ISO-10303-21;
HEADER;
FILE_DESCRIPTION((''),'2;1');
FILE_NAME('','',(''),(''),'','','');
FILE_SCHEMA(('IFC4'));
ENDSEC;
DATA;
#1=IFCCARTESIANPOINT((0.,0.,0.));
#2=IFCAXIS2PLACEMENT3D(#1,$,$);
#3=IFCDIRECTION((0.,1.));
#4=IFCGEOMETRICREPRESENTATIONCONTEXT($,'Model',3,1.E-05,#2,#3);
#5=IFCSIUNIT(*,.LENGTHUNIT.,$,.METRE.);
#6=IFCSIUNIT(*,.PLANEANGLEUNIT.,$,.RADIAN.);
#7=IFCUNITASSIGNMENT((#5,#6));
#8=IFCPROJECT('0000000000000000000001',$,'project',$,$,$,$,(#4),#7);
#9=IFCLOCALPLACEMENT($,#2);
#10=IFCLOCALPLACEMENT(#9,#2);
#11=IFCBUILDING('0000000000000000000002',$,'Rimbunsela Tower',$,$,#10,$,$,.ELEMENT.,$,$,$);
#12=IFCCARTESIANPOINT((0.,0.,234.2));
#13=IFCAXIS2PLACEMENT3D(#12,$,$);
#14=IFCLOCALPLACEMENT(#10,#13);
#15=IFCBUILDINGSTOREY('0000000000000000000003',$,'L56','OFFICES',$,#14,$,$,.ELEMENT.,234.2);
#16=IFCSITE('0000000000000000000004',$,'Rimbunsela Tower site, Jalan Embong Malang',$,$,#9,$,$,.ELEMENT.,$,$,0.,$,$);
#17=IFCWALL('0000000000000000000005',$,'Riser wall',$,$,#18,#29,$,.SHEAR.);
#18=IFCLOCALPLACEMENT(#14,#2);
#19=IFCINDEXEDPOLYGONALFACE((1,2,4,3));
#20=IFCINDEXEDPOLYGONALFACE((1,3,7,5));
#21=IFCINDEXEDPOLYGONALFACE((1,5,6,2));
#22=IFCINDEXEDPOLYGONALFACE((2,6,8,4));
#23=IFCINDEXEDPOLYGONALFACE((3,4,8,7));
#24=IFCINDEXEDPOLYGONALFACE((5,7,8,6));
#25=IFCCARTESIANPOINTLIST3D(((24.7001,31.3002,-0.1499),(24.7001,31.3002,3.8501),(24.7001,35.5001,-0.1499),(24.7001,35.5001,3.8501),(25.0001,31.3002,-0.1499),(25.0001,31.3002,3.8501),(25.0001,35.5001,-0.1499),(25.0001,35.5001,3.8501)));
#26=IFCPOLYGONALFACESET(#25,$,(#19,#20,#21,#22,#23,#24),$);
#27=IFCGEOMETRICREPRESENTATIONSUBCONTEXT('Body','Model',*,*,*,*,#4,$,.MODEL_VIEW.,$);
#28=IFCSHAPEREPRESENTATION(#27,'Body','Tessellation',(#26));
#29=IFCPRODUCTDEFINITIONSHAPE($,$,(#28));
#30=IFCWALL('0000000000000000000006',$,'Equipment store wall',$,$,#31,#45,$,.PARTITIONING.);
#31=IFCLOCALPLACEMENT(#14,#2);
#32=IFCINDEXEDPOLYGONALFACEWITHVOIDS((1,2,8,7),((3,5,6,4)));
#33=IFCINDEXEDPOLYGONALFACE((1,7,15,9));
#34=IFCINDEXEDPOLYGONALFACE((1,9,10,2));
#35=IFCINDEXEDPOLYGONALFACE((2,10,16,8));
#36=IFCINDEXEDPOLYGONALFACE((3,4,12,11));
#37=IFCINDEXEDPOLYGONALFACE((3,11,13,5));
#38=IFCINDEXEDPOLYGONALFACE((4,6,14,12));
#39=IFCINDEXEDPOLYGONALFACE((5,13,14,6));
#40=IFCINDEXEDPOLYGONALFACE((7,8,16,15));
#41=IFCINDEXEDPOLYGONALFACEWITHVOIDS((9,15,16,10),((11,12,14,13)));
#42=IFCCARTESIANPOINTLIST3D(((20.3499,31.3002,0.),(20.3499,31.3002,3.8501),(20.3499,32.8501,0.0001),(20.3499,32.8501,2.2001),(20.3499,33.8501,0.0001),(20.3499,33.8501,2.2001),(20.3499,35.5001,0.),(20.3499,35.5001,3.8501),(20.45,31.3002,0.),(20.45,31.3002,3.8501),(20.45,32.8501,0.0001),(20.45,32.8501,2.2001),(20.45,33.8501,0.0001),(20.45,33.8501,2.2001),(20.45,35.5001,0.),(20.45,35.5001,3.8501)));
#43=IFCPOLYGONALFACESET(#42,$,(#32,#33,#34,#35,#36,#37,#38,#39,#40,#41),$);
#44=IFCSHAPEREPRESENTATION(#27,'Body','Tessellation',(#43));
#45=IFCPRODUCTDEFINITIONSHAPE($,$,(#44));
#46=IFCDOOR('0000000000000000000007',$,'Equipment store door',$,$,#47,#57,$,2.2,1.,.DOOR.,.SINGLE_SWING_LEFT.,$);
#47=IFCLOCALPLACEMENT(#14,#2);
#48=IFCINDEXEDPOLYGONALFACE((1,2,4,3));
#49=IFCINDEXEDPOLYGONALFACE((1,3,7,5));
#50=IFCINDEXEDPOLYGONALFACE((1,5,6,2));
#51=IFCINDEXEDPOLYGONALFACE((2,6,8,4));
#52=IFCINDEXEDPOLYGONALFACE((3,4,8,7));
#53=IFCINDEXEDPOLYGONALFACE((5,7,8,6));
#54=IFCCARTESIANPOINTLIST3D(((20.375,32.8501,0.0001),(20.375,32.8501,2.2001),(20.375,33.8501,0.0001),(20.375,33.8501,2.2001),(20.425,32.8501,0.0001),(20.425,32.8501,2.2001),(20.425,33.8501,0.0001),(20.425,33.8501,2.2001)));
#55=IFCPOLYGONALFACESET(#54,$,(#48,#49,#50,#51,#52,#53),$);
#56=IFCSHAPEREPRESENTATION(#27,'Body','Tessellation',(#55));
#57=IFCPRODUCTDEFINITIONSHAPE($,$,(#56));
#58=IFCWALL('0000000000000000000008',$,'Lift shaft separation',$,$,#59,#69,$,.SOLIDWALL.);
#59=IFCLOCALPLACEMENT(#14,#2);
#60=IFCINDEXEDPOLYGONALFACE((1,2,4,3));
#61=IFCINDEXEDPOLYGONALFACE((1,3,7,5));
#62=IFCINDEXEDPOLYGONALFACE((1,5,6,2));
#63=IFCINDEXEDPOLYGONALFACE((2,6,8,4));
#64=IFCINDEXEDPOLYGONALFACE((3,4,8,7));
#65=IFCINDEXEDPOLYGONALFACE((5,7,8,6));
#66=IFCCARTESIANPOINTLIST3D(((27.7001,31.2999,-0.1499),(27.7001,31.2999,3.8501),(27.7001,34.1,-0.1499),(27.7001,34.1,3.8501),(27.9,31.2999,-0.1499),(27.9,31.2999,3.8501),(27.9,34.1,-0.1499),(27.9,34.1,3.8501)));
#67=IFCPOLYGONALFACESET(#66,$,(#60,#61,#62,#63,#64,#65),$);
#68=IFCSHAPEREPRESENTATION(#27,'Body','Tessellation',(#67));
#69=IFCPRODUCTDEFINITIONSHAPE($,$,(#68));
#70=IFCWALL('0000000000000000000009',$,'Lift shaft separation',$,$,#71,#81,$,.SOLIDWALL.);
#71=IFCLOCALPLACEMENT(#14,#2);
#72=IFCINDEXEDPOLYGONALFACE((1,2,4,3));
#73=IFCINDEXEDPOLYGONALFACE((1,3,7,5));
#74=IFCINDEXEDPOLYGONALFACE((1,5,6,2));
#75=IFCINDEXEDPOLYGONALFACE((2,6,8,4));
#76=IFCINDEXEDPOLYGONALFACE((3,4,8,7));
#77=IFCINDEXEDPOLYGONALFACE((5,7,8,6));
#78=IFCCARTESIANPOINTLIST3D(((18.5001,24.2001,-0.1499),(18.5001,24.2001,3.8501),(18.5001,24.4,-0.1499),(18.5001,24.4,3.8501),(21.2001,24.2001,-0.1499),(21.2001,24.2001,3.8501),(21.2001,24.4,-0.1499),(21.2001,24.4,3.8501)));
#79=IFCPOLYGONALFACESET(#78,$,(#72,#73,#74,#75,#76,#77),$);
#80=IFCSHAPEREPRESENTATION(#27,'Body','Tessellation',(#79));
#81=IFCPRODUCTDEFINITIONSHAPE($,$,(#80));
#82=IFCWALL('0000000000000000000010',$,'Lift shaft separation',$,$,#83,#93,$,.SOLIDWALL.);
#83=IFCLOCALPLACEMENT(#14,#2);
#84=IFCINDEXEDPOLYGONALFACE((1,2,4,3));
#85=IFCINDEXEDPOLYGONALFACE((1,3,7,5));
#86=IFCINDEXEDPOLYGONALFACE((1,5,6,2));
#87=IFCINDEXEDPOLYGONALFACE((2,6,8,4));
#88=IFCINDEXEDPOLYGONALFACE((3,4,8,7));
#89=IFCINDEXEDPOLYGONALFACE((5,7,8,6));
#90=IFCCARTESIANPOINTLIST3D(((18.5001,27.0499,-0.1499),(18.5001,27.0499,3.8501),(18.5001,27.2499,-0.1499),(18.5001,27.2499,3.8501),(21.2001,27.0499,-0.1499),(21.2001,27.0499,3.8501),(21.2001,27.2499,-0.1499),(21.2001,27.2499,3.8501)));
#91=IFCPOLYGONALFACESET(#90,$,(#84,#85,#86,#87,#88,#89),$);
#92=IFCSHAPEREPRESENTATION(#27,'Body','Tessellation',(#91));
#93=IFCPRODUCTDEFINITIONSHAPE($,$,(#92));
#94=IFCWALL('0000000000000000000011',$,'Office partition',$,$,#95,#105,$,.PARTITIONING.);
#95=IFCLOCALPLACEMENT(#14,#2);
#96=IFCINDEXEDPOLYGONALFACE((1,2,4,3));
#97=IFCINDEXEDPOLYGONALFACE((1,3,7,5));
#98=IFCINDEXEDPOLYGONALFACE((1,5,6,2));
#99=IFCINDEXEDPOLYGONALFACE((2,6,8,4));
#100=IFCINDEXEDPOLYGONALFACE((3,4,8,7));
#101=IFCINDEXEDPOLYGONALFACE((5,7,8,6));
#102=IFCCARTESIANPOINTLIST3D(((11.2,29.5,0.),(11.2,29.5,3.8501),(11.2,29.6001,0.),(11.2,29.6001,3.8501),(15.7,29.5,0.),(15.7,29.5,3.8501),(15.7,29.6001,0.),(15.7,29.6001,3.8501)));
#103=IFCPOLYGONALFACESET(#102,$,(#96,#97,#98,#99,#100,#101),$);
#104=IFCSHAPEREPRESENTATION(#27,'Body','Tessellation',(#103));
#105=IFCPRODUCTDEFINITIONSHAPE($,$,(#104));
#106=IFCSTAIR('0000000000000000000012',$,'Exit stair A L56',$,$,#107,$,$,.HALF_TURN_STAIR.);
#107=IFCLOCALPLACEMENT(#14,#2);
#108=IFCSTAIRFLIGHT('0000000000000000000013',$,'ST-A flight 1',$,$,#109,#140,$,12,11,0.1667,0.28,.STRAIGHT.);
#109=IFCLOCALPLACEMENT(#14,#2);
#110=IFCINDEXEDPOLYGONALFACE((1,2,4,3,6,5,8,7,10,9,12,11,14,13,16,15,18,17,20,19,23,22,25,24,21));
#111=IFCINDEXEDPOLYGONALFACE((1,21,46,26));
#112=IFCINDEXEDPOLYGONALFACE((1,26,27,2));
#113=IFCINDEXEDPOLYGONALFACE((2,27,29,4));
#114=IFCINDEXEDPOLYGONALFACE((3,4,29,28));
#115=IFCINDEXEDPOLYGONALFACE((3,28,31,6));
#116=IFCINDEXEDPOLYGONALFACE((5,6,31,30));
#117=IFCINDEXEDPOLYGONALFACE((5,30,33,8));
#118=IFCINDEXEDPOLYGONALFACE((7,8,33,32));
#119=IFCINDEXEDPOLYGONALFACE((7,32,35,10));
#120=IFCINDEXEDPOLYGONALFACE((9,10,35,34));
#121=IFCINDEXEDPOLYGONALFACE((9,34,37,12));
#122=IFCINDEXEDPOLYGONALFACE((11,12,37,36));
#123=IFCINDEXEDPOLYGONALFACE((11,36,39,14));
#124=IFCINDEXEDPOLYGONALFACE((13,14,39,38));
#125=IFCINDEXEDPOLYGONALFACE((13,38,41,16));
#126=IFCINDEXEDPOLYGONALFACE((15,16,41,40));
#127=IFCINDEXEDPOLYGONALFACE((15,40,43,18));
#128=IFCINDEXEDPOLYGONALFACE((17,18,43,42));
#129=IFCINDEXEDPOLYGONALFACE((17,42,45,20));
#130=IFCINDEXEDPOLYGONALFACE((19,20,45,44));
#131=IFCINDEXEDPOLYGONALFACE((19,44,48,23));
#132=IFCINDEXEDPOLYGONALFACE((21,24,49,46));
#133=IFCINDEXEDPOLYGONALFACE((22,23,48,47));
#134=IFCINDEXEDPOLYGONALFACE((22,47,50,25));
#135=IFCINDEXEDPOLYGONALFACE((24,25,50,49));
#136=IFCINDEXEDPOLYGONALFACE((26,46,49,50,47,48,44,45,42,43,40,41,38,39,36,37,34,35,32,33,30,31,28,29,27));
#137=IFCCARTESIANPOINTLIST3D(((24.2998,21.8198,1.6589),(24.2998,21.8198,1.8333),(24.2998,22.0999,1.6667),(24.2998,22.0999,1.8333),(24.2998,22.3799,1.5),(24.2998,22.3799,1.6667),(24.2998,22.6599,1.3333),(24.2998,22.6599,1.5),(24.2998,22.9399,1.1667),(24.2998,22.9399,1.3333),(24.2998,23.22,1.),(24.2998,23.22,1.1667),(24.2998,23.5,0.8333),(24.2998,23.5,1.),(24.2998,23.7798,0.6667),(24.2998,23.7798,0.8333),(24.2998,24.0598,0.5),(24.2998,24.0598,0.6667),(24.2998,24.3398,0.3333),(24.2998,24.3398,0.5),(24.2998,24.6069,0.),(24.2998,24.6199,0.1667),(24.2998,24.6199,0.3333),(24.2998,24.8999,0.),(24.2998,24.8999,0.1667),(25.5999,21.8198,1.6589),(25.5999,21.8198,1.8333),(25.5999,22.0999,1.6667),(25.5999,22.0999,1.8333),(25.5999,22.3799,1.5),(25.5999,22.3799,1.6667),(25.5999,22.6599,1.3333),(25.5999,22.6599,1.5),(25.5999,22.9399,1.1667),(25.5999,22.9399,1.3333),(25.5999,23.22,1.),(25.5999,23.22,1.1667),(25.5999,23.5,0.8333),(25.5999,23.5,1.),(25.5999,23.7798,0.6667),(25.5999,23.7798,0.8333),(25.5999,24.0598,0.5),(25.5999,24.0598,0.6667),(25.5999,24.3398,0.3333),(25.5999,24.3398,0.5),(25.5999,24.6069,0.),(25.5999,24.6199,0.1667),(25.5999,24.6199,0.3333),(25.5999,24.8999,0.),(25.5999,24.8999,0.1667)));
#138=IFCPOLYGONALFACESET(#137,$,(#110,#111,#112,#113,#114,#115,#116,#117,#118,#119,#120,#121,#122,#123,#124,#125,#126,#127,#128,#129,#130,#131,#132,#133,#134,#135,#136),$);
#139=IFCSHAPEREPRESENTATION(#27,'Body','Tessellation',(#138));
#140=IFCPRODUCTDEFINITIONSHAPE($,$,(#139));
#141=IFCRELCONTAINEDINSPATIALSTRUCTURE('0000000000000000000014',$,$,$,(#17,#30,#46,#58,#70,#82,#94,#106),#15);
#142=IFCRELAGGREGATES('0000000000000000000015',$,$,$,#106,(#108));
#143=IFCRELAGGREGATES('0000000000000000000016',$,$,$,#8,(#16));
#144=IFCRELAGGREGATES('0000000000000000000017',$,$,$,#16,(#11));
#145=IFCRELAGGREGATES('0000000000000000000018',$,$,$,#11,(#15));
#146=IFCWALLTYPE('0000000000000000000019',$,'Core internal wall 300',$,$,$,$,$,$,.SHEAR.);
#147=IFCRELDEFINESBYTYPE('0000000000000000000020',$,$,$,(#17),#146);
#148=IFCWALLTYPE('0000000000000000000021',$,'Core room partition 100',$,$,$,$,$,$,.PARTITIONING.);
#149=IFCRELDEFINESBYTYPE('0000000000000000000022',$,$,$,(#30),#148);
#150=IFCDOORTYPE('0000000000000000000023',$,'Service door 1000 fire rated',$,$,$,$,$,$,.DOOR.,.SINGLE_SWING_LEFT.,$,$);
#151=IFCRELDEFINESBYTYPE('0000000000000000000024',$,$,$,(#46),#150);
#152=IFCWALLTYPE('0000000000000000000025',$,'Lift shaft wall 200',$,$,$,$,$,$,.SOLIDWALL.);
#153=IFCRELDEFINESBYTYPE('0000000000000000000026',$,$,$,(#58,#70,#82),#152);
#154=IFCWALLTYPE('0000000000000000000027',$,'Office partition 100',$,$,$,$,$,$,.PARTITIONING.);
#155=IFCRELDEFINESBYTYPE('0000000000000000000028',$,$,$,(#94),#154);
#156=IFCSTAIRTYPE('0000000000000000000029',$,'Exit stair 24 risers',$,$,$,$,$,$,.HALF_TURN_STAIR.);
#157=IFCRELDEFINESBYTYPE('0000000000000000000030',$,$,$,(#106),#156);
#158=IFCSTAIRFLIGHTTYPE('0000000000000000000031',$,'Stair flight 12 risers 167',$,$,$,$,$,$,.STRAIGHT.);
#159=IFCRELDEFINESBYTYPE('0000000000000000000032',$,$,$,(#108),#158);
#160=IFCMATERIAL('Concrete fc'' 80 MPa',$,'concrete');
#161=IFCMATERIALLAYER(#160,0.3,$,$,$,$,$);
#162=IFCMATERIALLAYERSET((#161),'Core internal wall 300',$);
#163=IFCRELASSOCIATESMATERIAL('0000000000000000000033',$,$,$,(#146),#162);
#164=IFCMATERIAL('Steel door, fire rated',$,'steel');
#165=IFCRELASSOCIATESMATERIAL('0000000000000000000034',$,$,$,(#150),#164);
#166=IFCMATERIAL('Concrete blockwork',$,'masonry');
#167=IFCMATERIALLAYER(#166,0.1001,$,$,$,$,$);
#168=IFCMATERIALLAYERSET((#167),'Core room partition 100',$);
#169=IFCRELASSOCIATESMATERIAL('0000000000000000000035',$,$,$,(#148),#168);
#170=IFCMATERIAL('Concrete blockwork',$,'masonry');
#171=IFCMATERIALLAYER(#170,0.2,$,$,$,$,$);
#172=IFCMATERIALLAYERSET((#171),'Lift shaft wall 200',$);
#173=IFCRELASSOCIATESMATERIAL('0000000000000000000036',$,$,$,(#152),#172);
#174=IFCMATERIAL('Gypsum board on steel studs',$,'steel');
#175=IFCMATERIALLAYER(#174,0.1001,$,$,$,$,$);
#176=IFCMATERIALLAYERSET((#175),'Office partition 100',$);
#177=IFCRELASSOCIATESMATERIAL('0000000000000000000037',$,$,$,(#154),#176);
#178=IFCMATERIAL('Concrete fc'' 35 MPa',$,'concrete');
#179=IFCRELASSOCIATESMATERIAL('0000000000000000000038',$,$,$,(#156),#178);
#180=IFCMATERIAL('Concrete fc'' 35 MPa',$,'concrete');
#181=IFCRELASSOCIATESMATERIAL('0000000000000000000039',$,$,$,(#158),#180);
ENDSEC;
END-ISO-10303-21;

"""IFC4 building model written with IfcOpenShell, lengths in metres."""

from ifc_helpers import new_model, si_unit, direction, frame, frame_2d, origin, place, context, subcontext, project, spatial, polyline, rectangle, outline, extrude, material, layer, layer_set, type_object, element, fill, aggregate, save


model = new_model("IFC4")

# Units and contexts
model_context = context("Model", 3, precision=1e-05, world=origin(), true_north=direction((0.0, 1.0)))
body_context = subcontext(model_context, "Body", "Model", "MODEL_VIEW")
ifc_project = project(units=[si_unit("LENGTHUNIT", "METRE"), si_unit("PLANEANGLEUNIT", "RADIAN")], contexts=[model_context])

# Site, building, storey
site_placement = place(None, origin())
site = spatial("IfcSite", under=ifc_project, at=site_placement, Name="Rimbunsela Tower site, Jalan Embong Malang", CompositionType="ELEMENT", RefElevation=0.0)
building_placement = place(site_placement, origin())
building = spatial("IfcBuilding", under=site, at=building_placement, Name="Rimbunsela Tower", CompositionType="ELEMENT")
storey_placement = place(building_placement, frame((0.0, 0.0, 234.2)))
storey = spatial("IfcBuildingStorey", under=building, at=storey_placement, Name="L56", Description="OFFICES", CompositionType="ELEMENT", Elevation=234.2)

# Shared definitions
ifc_material_1 = material(Name="Concrete fc' 80 MPa", Category="concrete")
ifc_layer_1 = layer(ifc_material_1, 0.3)
ifc_layer_set_1 = layer_set([ifc_layer_1], Name="Core internal wall 300")
wall_type_1 = type_object("IfcWallType", Name="Core internal wall 300", PredefinedType="SHEAR", material=ifc_layer_set_1)
ifc_material_2 = material(Name="Steel door, fire rated", Category="steel")
door_type_1 = type_object("IfcDoorType", Name="Service door 1000 fire rated", OperationType="SINGLE_SWING_LEFT", PredefinedType="DOOR", material=ifc_material_2)

# Wall
wall_1_placement = place(storey_placement, frame((24.8501, 31.3, -0.1499), z_axis=(0.0, 0.0, 1.0), x_axis=(0.0, 1.0, 0.0)))
element("IfcWall", 1, at=wall_1_placement, inside=storey, type_object=wall_type_1, Name="Riser wall", PredefinedType="SHEAR", context=body_context, shape_type="SweptSolid", body=[
    extrude(rectangle(XDim=4.2, YDim=0.3, at=frame_2d((2.1001, 0.0))), origin(), (0.0, 0.0, 1.0), 4.0),
])

# Wall, opening, door
ifc_material_3 = material(Name="Concrete blockwork", Category="masonry")
ifc_layer_2 = layer(ifc_material_3, 0.1001)
ifc_layer_set_2 = layer_set([ifc_layer_2], Name="Core room partition 100")
wall_type_2 = type_object("IfcWallType", Name="Core room partition 100", PredefinedType="PARTITIONING", material=ifc_layer_set_2)
wall_2_placement = place(storey_placement, frame((20.3999, 31.3, 0.0), z_axis=(0.0, 0.0, 1.0), x_axis=(0.0, 1.0, 0.0)))
wall_2 = element("IfcWall", 2, at=wall_2_placement, inside=storey, type_object=wall_type_2, Name="Equipment store wall", PredefinedType="PARTITIONING", context=body_context, shape_type="SweptSolid", body=[
    extrude(rectangle(XDim=4.2, YDim=0.1001, at=frame_2d((2.1001, 0.0))), origin(), (0.0, 0.0, 1.0), 3.8501),
])
opening_1_placement = place(wall_2_placement, frame((1.55, 0.0, 0.0)))
opening_1 = element("IfcOpeningElement", 3, at=opening_1_placement, cuts=wall_2, PredefinedType="OPENING", context=body_context, shape_type="SweptSolid", body=[
    extrude(rectangle(XDim=1.0, YDim=2.2, at=frame_2d((0.5, 1.1001))), frame((0.0, 0.0601, 0.0), z_axis=(0.0, -1.0, 0.0), x_axis=(1.0, 0.0, 0.0)), (0.0, 0.0, 1.0), 0.1201),
])
door_1_placement = place(opening_1_placement, origin())
door_1 = element("IfcDoor", 4, at=door_1_placement, inside=storey, type_object=door_type_1, Name="Equipment store door", OperationType="SINGLE_SWING_LEFT", OverallHeight=2.2, OverallWidth=1.0, PredefinedType="DOOR", context=body_context, shape_type="SweptSolid", body=[
    extrude(rectangle(XDim=1.0, YDim=2.2, at=frame_2d((0.5, 1.1001))), frame((0.0, 0.0249, 0.0), z_axis=(0.0, -1.0, 0.0), x_axis=(1.0, 0.0, 0.0)), (0.0, 0.0, 1.0), 0.05),
])
fill(opening_1, door_1)

# Walls
ifc_material_4 = material(Name="Concrete blockwork", Category="masonry")
ifc_layer_3 = layer(ifc_material_4, 0.2)
ifc_layer_set_3 = layer_set([ifc_layer_3], Name="Lift shaft wall 200")
wall_type_3 = type_object("IfcWallType", Name="Lift shaft wall 200", PredefinedType="SOLIDWALL", material=ifc_layer_set_3)
wall_3_placement = place(storey_placement, frame((27.8, 31.3, -0.1499), z_axis=(0.0, 0.0, 1.0), x_axis=(0.0, 1.0, 0.0)))
element("IfcWall", 5, at=wall_3_placement, inside=storey, type_object=wall_type_3, Name="Lift shaft separation", PredefinedType="SOLIDWALL", context=body_context, shape_type="SweptSolid", body=[
    extrude(rectangle(XDim=2.8, YDim=0.2, at=frame_2d((1.3999, 0.0))), origin(), (0.0, 0.0, 1.0), 4.0),
])
for number, where, z_axis, x_axis, name in (
    (6, (18.5, 24.3, -0.1499), (0.0, 0.0, 1.0), (1.0, 0.0, 0.0), "Lift shaft separation"),
    (7, (18.5, 27.1499, -0.1499), (0.0, 0.0, 1.0), (1.0, 0.0, 0.0), "Lift shaft separation"),
):
    element("IfcWall", number, at=place(storey_placement, frame(where, z_axis=z_axis, x_axis=x_axis)), inside=storey, type_object=wall_type_3, Name=name, PredefinedType="SOLIDWALL", context=body_context, shape_type="SweptSolid", body=[
        extrude(rectangle(XDim=2.7, YDim=0.2, at=frame_2d((1.3501, 0.0))), origin(), (0.0, 0.0, 1.0), 4.0),
    ])
ifc_material_5 = material(Name="Gypsum board on steel studs", Category="steel")
ifc_layer_4 = layer(ifc_material_5, 0.1001)
ifc_layer_set_4 = layer_set([ifc_layer_4], Name="Office partition 100")
wall_type_4 = type_object("IfcWallType", Name="Office partition 100", PredefinedType="PARTITIONING", material=ifc_layer_set_4)
wall_4_placement = place(storey_placement, frame((15.7, 29.55, 0.0), z_axis=(0.0, 0.0, 1.0), x_axis=(-1.0, 0.0, 0.0)))
element("IfcWall", 8, at=wall_4_placement, inside=storey, type_object=wall_type_4, Name="Office partition", PredefinedType="PARTITIONING", context=body_context, shape_type="SweptSolid", body=[
    extrude(rectangle(XDim=4.5, YDim=0.1001, at=frame_2d((2.25, 0.0))), origin(), (0.0, 0.0, 1.0), 3.8501),
])

# Stair, stair flight
ifc_material_6 = material(Name="Concrete fc' 35 MPa", Category="concrete")
stair_type = type_object("IfcStairType", Name="Exit stair 24 risers", PredefinedType="HALF_TURN_STAIR", material=ifc_material_6)
stair_placement = place(storey_placement, origin())
stair = element("IfcStair", 9, at=stair_placement, inside=storey, type_object=stair_type, Name="Exit stair A L56", PredefinedType="HALF_TURN_STAIR")
ifc_material_7 = material(Name="Concrete fc' 35 MPa", Category="concrete")
stair_flight_type = type_object("IfcStairFlightType", Name="Stair flight 12 risers 167", PredefinedType="STRAIGHT", material=ifc_material_7)
stair_flight_placement = place(storey_placement, frame((24.95, 24.8999, 0.0), z_axis=(0.0, 0.0, 1.0), x_axis=(0.0, -1.0, 0.0)))
stair_flight = element("IfcStairFlight", 10, at=stair_flight_placement, type_object=stair_flight_type, Name="ST-A flight 1", NumberOfRisers=12, NumberOfTreads=11, PredefinedType="STRAIGHT", RiserHeight=0.1667, TreadLength=0.28, context=body_context, shape_type="SweptSolid", body=[
    extrude(outline(polyline([(0.0, 0.0), (0.0, 0.1667), (0.28, 0.1667), (0.28, 0.3333), (0.5601, 0.3333), (0.5601, 0.5), (0.8401, 0.5), (0.8401, 0.6667), (1.1201, 0.6667), (1.1201, 0.8333), (1.3999, 0.8333), (1.3999, 1.0), (1.6799, 1.0), (1.6799, 1.1667), (1.96, 1.1667), (1.96, 1.3333), (2.24, 1.3333), (2.24, 1.5), (2.52, 1.5), (2.52, 1.6667), (2.8, 1.6667), (2.8, 1.8333), (3.0801, 1.8333), (3.0801, 2.0), (3.0801, 1.6589), (0.293, 0.0), (0.0, 0.0)])), frame((0.0, 0.6499, 0.0), z_axis=(0.0, -1.0, 0.0), x_axis=(1.0, 0.0, 0.0)), (0.0, 0.0, 1.0), 1.3),
])
aggregate(stair, [stair_flight])

save(model, "model.ifc")
